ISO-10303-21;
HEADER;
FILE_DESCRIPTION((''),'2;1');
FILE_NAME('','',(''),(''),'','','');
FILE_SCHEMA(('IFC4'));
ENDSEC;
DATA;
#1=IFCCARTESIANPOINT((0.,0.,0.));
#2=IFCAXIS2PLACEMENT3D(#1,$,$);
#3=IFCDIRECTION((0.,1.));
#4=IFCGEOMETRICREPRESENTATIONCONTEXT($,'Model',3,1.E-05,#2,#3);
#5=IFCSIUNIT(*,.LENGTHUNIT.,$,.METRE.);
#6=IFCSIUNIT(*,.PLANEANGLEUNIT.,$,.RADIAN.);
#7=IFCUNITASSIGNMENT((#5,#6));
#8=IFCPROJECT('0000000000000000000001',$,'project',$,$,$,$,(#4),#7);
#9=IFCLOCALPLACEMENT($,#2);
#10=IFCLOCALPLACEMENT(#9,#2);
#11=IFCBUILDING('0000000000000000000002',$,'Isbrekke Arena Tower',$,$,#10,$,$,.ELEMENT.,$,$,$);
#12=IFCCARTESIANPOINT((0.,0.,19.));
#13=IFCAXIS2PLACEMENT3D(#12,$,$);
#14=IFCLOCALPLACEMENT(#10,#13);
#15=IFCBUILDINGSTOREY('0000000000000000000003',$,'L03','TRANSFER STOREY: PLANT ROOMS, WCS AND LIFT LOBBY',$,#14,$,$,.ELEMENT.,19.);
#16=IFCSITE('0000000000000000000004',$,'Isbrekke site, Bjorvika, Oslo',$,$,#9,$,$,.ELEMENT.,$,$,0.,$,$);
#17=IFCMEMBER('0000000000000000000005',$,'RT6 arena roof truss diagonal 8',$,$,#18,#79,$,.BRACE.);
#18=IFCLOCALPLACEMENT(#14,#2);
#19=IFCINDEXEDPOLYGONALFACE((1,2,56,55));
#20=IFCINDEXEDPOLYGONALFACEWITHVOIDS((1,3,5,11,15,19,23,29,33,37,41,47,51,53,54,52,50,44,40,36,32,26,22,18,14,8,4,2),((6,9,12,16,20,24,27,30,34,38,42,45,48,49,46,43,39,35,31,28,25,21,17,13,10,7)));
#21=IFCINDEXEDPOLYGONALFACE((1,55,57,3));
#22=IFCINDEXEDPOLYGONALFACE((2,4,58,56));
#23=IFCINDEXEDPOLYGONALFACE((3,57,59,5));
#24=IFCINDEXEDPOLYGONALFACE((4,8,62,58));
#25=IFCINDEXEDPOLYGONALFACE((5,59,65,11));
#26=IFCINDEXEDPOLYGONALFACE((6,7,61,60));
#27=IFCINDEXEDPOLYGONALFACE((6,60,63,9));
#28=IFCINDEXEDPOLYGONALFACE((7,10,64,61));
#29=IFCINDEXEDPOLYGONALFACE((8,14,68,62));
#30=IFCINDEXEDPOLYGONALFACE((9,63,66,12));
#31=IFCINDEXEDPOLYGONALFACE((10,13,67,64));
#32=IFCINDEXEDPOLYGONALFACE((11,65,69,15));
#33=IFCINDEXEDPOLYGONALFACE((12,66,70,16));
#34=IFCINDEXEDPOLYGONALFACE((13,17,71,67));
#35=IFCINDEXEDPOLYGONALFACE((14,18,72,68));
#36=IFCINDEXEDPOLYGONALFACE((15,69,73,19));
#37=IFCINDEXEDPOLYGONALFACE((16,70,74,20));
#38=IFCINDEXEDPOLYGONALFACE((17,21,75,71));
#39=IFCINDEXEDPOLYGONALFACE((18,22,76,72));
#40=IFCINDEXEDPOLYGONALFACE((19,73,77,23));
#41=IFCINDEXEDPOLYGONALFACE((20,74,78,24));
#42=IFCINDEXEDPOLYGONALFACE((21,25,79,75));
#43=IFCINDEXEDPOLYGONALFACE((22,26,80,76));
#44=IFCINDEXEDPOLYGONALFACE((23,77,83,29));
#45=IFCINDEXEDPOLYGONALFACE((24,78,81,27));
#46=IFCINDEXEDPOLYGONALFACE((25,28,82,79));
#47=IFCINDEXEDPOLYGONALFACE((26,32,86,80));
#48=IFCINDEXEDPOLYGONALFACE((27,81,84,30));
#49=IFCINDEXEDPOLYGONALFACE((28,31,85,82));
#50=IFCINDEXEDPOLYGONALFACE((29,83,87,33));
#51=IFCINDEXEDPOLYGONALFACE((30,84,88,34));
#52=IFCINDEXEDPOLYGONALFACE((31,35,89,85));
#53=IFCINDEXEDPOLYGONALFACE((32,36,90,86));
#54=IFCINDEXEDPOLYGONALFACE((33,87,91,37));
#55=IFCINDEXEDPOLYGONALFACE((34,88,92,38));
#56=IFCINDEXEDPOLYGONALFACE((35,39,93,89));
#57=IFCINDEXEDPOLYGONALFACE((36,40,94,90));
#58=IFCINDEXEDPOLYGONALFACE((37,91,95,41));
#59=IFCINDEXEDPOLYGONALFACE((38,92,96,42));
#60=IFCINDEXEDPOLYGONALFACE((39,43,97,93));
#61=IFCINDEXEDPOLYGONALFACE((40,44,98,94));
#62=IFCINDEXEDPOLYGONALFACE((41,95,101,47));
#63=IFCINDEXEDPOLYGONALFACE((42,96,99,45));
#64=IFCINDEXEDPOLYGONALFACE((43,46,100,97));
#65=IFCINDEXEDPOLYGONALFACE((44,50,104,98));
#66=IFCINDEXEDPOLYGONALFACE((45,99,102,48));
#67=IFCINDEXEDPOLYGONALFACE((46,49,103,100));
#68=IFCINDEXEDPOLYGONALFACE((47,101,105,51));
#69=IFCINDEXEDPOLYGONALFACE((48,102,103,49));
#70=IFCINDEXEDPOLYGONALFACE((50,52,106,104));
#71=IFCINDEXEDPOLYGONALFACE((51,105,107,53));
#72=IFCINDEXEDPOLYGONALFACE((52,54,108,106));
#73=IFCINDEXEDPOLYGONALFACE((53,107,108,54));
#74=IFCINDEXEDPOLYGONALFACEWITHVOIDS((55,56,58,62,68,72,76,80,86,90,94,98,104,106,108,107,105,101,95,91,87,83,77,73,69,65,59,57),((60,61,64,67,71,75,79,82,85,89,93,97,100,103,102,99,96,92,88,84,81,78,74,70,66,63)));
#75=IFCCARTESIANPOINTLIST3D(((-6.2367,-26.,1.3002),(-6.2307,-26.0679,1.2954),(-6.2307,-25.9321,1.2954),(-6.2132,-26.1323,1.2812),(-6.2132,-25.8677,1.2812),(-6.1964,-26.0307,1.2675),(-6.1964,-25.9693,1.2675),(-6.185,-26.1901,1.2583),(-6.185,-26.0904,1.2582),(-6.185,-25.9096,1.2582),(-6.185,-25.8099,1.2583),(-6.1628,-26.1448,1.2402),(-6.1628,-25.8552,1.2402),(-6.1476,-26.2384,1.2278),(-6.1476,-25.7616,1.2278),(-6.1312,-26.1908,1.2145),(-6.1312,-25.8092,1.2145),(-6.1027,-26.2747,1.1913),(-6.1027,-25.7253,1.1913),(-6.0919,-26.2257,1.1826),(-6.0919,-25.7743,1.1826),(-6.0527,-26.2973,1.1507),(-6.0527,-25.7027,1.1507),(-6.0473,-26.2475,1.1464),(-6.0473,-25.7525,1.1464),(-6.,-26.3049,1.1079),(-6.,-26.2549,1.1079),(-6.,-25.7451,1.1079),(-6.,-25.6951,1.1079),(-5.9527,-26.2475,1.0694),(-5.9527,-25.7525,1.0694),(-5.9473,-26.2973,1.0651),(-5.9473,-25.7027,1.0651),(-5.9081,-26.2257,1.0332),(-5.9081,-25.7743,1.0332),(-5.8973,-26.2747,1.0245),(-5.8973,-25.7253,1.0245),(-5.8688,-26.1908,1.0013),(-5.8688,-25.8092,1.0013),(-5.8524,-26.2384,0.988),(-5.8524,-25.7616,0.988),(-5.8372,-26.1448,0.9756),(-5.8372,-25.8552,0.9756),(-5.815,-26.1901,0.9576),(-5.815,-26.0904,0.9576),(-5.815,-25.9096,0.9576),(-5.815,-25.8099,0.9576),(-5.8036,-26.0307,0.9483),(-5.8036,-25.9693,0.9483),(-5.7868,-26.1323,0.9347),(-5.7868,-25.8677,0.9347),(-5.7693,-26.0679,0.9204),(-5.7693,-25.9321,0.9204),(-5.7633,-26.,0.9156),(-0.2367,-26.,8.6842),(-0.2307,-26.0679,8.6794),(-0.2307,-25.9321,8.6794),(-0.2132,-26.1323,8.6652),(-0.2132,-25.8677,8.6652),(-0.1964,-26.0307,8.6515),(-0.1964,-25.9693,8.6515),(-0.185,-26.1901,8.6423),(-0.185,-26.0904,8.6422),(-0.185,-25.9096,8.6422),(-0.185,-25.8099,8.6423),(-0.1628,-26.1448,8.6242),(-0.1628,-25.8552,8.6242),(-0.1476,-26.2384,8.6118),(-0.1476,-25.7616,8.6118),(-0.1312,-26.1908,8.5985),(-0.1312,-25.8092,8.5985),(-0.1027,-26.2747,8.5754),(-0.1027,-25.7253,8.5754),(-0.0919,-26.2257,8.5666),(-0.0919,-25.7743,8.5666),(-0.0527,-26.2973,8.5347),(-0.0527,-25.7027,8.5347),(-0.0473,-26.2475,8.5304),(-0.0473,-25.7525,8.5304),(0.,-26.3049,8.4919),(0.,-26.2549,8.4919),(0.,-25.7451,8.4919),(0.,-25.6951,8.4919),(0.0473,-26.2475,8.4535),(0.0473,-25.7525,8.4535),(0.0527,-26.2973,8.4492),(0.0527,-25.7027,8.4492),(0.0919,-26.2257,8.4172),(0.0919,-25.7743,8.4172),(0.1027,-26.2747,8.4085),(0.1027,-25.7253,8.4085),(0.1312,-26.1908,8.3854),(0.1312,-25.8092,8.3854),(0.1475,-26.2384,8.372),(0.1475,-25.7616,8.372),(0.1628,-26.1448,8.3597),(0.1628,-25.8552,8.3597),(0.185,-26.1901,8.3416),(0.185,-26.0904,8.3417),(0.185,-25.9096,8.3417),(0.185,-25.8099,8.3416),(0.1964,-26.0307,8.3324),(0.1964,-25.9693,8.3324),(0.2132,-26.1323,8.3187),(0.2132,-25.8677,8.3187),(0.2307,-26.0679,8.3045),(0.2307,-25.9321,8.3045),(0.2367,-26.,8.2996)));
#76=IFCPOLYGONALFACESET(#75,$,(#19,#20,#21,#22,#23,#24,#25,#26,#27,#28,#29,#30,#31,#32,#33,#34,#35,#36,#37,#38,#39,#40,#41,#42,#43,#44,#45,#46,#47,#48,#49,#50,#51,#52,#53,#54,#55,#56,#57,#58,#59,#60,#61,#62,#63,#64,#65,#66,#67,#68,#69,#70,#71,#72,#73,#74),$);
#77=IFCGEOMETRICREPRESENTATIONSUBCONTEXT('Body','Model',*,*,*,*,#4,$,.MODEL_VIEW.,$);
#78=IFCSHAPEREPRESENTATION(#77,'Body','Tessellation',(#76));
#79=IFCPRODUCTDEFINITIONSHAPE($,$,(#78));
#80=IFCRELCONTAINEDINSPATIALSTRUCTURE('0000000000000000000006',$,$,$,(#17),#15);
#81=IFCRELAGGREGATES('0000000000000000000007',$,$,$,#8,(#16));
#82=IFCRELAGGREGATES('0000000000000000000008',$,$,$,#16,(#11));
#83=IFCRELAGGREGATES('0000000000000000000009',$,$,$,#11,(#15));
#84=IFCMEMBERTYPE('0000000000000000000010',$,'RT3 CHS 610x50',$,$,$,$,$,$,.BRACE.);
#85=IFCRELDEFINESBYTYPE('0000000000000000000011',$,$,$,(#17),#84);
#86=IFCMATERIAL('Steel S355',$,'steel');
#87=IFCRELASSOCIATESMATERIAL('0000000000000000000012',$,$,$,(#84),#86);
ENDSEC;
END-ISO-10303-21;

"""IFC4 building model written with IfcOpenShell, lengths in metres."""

from ifc_helpers import new_model, si_unit, direction, frame, origin, origin_2d, place, context, subcontext, project, spatial, hollow_circle, extrude, material, material_profile, profile_set, type_object, element, save


model = new_model("IFC4")

# Units and contexts
model_context = context("Model", 3, precision=1e-05, world=origin(), true_north=direction((0.0, 1.0)))
body_context = subcontext(model_context, "Body", "Model", "MODEL_VIEW")
ifc_project = project(units=[si_unit("LENGTHUNIT", "METRE"), si_unit("PLANEANGLEUNIT", "RADIAN")], contexts=[model_context])

# Site, building, storey
site_placement = place(None, origin())
site = spatial("IfcSite", under=ifc_project, at=site_placement, Name="Isbrekke site, Bjorvika, Oslo", CompositionType="ELEMENT", RefElevation=0.0)
building_placement = place(site_placement, origin())
building = spatial("IfcBuilding", under=site, at=building_placement, Name="Isbrekke Arena Tower", CompositionType="ELEMENT")
storey_placement = place(building_placement, frame((0.0, 0.0, 19.0)))
storey = spatial("IfcBuildingStorey", under=building, at=storey_placement, Name="L03", Description="TRANSFER STOREY: PLANT ROOMS, WCS AND LIFT LOBBY", CompositionType="ELEMENT", Elevation=19.0)

# Member
ifc_material_1 = material(Name="Steel S355", Category="steel")
ifc_material_profile_1 = material_profile(ifc_material_1, hollow_circle(Radius=0.3049, WallThickness=0.05, at=origin_2d()), Name="CHS 610x50")
ifc_profile_set_1 = profile_set([ifc_material_profile_1], Name="Steel S355")
member_type_1 = type_object("IfcMemberType", Name="RT3 CHS 610x50", PredefinedType="BRACE", material=ifc_profile_set_1)
for number, where, z_axis, x_axis, name in (
    (1, (-6.0, -26.0, 1.1079), (0.630623, 0.0, 0.77609), (0.0, 1.0, 0.0), "RT6 arena roof truss diagonal 8"),
):
    element("IfcMember", number, at=place(storey_placement, frame(where, z_axis=z_axis, x_axis=x_axis)), inside=storey, type_object=member_type_1, Name=name, PredefinedType="BRACE", context=body_context, shape_type="SweptSolid", body=[
        extrude(hollow_circle(Radius=0.3049, WallThickness=0.05, at=origin_2d()), origin(), (0.0, 0.0, 1.0), 9.5144),
    ])

save(model, "model.ifc")
